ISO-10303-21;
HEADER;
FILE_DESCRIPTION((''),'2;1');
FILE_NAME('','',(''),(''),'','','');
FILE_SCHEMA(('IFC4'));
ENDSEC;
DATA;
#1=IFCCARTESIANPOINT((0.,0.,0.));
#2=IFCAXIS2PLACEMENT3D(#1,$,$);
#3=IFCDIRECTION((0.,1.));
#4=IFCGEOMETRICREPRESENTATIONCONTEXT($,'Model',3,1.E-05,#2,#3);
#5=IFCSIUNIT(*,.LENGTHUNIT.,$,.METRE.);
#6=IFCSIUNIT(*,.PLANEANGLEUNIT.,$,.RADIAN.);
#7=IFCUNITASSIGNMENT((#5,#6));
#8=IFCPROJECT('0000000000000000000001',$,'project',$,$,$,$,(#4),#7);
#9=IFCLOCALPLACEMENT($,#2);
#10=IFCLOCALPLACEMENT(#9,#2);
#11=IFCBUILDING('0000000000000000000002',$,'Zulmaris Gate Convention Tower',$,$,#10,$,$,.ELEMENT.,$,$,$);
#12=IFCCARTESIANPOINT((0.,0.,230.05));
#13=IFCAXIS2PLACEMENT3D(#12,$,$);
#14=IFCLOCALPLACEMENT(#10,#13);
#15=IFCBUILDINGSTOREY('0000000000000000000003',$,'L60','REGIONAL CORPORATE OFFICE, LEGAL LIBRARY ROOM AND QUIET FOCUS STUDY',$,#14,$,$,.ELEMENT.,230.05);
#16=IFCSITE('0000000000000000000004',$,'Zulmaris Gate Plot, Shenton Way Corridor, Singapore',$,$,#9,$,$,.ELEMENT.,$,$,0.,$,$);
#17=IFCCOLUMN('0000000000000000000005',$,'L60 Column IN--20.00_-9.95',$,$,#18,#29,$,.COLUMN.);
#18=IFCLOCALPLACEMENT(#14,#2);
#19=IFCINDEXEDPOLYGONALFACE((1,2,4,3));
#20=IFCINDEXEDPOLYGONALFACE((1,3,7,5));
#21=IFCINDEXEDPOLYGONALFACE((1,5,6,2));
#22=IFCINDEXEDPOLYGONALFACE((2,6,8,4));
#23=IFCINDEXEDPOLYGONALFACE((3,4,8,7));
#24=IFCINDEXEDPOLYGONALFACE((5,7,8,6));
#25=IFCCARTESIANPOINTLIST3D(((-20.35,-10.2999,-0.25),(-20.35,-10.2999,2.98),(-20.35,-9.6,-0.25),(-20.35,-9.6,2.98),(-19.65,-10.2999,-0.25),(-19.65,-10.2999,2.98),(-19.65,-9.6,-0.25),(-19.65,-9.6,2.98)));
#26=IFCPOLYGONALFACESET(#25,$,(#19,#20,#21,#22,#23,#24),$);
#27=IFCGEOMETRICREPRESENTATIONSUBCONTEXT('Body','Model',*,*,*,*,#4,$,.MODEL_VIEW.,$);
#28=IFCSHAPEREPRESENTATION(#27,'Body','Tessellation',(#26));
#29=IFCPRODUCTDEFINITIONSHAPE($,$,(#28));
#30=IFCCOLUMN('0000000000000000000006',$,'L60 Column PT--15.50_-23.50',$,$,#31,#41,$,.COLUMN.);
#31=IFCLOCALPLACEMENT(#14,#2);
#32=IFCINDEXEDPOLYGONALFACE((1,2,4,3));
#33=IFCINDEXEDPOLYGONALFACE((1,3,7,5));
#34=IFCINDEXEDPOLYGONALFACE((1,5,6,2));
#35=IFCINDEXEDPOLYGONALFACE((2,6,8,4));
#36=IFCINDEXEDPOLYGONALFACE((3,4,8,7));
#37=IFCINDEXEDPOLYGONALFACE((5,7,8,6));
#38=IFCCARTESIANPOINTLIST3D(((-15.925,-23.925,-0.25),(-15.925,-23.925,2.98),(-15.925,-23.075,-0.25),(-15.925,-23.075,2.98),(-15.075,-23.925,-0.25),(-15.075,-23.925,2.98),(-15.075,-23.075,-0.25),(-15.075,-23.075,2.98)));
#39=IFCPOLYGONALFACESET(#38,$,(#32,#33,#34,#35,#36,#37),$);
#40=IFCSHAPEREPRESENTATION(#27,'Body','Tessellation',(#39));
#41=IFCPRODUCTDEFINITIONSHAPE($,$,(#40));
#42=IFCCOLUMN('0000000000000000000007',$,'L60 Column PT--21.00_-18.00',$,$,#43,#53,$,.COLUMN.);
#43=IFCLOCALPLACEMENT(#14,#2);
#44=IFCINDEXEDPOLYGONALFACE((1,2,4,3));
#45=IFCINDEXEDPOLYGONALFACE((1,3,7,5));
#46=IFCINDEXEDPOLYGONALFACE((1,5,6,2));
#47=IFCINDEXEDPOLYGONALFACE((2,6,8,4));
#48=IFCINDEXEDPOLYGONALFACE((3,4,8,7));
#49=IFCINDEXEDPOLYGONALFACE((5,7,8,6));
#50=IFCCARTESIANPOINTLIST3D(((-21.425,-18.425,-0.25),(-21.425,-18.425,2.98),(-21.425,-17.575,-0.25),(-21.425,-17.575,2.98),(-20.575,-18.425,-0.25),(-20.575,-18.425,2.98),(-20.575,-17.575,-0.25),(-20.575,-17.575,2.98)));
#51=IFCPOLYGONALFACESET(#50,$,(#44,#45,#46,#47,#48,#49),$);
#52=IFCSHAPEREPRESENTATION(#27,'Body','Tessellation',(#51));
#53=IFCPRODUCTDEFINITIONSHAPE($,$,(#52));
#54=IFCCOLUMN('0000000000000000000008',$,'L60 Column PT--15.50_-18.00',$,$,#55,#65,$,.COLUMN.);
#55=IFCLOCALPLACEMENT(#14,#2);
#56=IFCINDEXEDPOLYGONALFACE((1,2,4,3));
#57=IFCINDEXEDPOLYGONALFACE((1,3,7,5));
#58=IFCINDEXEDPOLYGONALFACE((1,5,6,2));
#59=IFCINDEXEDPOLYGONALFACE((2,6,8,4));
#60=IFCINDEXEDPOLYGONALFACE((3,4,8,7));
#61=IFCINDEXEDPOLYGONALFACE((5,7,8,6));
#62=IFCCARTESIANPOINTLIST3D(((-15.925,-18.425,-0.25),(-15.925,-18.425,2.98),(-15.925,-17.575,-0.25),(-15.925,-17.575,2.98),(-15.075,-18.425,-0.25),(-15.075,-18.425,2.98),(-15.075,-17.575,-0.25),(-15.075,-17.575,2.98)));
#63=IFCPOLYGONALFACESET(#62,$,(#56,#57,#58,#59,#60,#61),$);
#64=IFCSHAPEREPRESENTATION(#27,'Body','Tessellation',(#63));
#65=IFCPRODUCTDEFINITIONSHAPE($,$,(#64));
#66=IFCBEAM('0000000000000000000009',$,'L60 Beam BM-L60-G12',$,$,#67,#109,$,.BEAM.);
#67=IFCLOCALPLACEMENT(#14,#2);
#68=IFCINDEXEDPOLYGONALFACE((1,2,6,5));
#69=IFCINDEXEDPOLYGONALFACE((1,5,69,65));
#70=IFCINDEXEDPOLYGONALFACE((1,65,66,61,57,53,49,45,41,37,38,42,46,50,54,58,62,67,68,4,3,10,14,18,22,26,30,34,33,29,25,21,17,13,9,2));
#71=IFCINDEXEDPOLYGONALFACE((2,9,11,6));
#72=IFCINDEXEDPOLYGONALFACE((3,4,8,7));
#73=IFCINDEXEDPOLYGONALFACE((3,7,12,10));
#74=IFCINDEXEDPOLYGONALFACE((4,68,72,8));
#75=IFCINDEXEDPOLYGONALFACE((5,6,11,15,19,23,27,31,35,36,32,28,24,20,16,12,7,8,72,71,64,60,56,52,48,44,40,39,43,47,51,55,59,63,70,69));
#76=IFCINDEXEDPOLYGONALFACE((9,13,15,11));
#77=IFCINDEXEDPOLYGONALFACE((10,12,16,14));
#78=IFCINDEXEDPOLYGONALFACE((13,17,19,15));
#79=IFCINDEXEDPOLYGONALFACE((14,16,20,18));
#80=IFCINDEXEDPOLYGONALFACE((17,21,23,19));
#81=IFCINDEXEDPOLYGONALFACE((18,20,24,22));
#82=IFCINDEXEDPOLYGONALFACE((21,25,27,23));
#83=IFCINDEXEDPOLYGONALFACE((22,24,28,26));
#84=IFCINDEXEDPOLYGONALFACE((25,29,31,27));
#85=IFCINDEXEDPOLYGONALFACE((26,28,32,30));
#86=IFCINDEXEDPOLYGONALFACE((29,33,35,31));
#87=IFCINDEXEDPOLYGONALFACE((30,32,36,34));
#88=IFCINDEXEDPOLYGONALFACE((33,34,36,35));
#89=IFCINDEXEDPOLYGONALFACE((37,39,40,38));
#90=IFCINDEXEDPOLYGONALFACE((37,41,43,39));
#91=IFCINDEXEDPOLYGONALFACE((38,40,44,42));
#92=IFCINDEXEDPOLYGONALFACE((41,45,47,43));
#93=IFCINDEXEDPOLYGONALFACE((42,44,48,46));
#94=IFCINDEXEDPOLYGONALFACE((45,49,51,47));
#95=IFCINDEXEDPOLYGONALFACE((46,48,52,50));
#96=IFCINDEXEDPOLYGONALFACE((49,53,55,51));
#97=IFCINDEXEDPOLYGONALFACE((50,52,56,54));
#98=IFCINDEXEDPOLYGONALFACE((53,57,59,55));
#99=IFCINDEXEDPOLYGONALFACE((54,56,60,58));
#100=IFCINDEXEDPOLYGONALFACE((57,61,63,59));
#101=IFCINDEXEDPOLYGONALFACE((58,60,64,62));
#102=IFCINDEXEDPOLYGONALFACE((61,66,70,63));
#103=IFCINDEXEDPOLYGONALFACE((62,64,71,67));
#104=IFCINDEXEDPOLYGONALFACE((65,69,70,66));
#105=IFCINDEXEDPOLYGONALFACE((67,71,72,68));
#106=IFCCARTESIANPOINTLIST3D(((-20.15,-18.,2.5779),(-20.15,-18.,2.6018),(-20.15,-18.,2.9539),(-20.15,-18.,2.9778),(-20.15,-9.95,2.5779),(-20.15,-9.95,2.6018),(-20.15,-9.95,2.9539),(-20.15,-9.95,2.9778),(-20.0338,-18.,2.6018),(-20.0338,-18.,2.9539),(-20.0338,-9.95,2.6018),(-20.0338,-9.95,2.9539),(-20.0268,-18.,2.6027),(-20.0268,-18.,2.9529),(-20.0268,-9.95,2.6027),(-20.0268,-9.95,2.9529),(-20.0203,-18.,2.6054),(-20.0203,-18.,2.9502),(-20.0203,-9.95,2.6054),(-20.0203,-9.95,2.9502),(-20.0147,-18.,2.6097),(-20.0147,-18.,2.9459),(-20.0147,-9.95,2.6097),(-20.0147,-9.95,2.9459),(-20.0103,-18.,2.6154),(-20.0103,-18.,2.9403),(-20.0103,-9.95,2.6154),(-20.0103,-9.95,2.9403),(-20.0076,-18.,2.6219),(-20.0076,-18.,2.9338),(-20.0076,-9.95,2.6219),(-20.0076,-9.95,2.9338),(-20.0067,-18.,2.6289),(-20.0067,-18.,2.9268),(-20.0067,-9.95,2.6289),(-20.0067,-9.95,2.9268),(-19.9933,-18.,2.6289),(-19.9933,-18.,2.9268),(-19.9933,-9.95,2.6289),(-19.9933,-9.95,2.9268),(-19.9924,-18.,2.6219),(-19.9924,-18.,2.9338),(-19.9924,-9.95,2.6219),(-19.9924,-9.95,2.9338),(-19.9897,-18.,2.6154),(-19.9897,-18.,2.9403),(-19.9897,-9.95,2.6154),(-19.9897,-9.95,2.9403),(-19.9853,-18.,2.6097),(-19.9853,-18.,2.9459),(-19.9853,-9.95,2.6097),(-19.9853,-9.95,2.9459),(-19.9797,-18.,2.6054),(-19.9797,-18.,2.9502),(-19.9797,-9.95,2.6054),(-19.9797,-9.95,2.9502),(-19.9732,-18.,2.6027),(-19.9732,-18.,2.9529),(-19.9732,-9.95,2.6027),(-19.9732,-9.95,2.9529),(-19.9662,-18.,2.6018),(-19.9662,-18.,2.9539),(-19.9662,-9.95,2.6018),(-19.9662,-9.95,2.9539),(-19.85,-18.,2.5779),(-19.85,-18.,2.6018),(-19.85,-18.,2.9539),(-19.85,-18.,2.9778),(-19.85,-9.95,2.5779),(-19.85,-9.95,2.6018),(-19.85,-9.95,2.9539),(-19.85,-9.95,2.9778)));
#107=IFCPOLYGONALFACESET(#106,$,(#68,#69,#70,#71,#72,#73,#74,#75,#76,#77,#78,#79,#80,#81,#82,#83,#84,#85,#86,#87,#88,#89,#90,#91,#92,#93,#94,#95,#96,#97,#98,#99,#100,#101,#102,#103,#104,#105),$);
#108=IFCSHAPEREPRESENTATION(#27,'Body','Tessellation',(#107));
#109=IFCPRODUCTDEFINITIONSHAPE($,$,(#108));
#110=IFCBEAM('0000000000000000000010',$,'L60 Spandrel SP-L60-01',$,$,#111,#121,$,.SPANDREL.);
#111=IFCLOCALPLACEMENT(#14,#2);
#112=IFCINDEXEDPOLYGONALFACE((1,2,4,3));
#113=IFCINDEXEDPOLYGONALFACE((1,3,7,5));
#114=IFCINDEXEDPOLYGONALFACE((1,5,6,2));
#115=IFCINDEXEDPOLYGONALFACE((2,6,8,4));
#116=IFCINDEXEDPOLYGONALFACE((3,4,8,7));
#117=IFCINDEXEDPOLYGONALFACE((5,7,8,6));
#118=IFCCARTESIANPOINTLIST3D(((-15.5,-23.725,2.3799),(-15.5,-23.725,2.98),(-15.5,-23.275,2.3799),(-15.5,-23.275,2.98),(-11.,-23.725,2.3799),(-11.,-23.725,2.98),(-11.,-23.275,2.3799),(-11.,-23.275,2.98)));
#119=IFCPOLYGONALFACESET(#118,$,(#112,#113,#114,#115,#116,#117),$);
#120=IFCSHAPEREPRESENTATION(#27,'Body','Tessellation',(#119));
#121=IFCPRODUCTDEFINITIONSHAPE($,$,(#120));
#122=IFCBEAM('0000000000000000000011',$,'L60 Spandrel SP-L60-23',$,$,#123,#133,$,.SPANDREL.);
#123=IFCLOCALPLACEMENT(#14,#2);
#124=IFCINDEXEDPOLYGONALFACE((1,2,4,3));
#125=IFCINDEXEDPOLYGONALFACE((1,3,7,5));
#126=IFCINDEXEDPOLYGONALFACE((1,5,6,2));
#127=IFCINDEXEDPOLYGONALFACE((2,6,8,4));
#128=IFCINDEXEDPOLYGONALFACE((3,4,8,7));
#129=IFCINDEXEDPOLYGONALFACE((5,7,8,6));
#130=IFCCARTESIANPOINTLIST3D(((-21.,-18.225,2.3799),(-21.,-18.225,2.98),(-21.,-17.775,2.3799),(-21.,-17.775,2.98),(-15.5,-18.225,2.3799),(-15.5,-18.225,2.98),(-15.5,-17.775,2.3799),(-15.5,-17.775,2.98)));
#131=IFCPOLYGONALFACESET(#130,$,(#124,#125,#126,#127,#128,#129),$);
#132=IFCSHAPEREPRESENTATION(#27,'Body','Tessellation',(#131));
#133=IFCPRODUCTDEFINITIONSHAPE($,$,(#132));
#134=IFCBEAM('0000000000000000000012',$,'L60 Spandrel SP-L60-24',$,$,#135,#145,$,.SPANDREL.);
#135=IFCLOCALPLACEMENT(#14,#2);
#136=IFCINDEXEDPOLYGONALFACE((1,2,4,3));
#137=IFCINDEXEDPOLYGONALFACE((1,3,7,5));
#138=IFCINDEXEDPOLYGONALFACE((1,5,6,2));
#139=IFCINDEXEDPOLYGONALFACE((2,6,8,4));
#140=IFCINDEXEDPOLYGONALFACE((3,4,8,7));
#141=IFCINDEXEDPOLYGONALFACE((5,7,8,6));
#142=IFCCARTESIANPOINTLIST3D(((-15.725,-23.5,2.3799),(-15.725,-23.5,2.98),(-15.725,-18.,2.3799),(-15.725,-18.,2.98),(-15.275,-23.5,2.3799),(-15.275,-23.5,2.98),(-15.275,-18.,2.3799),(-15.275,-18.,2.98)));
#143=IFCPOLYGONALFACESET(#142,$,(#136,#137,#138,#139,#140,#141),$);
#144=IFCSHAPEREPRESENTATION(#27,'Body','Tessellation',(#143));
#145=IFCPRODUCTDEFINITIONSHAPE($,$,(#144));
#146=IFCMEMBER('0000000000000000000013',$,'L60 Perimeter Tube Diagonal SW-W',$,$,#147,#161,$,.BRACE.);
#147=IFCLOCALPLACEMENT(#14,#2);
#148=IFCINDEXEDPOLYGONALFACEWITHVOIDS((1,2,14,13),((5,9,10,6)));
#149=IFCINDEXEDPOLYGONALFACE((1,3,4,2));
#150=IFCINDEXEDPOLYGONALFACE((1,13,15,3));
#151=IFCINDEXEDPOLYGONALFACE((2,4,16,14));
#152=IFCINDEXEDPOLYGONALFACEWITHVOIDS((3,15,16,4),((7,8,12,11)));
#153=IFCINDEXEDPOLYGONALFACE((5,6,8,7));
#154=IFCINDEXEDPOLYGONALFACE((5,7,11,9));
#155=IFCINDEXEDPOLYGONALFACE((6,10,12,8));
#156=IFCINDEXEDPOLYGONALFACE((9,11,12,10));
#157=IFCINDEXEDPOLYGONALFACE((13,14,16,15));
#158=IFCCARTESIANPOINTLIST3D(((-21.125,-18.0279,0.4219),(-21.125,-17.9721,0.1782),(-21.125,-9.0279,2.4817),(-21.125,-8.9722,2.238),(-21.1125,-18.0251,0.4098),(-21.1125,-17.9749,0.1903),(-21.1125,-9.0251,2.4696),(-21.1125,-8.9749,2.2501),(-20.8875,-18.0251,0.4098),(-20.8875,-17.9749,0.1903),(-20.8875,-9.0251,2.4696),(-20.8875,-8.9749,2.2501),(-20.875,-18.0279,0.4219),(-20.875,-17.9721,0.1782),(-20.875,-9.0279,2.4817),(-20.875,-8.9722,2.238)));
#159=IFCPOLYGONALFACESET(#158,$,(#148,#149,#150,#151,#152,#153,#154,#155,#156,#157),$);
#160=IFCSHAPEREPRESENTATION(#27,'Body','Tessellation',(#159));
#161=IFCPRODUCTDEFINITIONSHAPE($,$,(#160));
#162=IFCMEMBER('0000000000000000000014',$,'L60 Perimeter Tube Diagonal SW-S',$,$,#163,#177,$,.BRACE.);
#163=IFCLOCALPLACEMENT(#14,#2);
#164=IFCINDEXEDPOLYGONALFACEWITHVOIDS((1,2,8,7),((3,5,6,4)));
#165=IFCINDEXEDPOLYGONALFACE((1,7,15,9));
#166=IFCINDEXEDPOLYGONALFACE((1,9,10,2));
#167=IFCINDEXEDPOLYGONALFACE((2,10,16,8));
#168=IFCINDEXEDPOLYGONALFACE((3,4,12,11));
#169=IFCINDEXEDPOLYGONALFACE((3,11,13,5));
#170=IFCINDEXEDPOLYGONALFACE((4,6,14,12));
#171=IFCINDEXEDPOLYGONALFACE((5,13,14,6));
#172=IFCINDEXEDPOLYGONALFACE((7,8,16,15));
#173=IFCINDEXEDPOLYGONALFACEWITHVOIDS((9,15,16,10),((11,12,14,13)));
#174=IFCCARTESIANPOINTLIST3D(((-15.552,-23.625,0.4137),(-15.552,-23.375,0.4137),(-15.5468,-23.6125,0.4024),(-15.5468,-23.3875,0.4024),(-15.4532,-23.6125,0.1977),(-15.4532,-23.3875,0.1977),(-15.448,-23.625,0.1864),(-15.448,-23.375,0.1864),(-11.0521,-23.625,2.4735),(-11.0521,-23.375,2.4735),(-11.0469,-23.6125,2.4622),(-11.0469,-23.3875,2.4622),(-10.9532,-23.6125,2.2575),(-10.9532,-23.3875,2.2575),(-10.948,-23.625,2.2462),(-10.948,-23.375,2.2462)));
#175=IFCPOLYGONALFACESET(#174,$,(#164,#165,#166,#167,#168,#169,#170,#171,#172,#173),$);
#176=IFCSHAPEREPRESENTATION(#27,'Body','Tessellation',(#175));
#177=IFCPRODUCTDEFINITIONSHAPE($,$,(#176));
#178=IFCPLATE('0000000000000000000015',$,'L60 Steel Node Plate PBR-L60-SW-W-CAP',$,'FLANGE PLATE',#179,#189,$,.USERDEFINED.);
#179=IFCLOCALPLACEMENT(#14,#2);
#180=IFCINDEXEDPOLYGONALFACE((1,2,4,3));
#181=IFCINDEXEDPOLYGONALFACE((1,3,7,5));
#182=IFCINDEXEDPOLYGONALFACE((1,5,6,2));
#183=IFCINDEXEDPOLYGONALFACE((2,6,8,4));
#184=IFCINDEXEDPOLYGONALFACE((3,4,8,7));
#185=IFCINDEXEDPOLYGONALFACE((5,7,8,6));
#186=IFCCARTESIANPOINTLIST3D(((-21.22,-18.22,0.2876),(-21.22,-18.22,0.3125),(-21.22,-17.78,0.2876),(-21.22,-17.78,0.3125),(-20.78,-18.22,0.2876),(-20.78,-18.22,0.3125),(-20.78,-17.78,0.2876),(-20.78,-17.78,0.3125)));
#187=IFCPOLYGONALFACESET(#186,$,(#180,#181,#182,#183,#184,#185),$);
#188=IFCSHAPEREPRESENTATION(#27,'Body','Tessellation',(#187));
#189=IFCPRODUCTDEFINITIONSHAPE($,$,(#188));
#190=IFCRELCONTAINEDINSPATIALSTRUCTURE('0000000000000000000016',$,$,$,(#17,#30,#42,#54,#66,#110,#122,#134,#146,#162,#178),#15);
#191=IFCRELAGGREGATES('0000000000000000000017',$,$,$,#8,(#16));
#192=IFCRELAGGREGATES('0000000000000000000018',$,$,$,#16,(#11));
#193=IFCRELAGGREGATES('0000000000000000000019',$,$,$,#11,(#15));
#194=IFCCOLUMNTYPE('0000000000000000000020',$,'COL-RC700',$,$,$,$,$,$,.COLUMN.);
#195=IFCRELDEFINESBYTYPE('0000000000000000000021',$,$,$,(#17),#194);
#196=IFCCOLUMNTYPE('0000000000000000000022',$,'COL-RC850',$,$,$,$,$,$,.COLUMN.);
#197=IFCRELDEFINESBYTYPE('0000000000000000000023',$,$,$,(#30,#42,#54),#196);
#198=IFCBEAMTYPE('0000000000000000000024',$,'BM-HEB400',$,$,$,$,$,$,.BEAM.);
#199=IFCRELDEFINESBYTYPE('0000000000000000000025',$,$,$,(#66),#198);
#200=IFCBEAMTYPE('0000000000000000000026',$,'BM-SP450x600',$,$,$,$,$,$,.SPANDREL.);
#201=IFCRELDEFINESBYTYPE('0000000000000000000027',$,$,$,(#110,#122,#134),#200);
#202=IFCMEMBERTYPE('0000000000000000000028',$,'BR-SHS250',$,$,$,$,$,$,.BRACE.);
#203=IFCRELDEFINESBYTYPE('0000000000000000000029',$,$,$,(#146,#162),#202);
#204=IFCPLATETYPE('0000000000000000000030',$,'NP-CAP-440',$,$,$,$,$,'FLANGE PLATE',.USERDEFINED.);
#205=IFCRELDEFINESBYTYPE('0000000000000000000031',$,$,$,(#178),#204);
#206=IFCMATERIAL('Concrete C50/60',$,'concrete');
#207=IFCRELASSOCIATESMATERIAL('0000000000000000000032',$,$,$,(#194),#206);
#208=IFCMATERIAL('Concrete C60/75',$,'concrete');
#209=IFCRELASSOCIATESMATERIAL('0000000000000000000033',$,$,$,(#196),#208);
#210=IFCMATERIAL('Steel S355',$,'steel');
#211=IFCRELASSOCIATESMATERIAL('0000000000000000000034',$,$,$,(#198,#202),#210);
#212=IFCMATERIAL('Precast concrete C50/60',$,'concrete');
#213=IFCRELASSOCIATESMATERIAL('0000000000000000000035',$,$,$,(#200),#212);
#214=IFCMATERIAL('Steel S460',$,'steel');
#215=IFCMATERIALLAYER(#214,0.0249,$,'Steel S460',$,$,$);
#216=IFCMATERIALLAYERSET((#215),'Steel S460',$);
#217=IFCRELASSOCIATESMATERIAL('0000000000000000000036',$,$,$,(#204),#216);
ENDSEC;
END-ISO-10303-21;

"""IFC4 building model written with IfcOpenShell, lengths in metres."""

from ifc_helpers import new_model, si_unit, direction, frame, origin, origin_2d, place, context, subcontext, project, spatial, rectangle, hollow_rectangle, i_section, extrude, material, layer, layer_set, material_profile, profile_set, type_object, element, save


model = new_model("IFC4")

# Units and contexts
model_context = context("Model", 3, precision=1e-05, world=origin(), true_north=direction((0.0, 1.0)))
body_context = subcontext(model_context, "Body", "Model", "MODEL_VIEW")
ifc_project = project(units=[si_unit("LENGTHUNIT", "METRE"), si_unit("PLANEANGLEUNIT", "RADIAN")], contexts=[model_context])

# Site, building, storey
site_placement = place(None, origin())
site = spatial("IfcSite", under=ifc_project, at=site_placement, Name="Zulmaris Gate Plot, Shenton Way Corridor, Singapore", CompositionType="ELEMENT", RefElevation=0.0)
building_placement = place(site_placement, origin())
building = spatial("IfcBuilding", under=site, at=building_placement, Name="Zulmaris Gate Convention Tower", CompositionType="ELEMENT")
storey_placement = place(building_placement, frame((0.0, 0.0, 230.05)))
storey = spatial("IfcBuildingStorey", under=building, at=storey_placement, Name="L60", Description="REGIONAL CORPORATE OFFICE, LEGAL LIBRARY ROOM AND QUIET FOCUS STUDY", CompositionType="ELEMENT", Elevation=230.05)

# Columns
ifc_material_1 = material(Name="Concrete C50/60", Category="concrete")
ifc_material_profile_1 = material_profile(ifc_material_1, rectangle(XDim=0.7, YDim=0.7, at=origin_2d()), Name="RC COL 700x700")
ifc_profile_set_1 = profile_set([ifc_material_profile_1], Name="Concrete C50/60")
column_type_1 = type_object("IfcColumnType", Name="COL-RC700", PredefinedType="COLUMN", material=ifc_profile_set_1)
column_placement = place(storey_placement, frame((-20.0, -9.95, -0.25), z_axis=(0.0, 0.0, 1.0), x_axis=(1.0, 0.0, 0.0)))
element("IfcColumn", 1, at=column_placement, inside=storey, type_object=column_type_1, Name="L60 Column IN--20.00_-9.95", PredefinedType="COLUMN", context=body_context, shape_type="SweptSolid", body=[
    extrude(rectangle(XDim=0.7, YDim=0.7, at=origin_2d()), origin(), (0.0, 0.0, 1.0), 3.23),
])
ifc_material_2 = material(Name="Concrete C60/75", Category="concrete")
ifc_material_profile_2 = material_profile(ifc_material_2, rectangle(XDim=0.8501, YDim=0.8501, at=origin_2d()), Name="RC COL 850x850")
ifc_profile_set_2 = profile_set([ifc_material_profile_2], Name="Concrete C60/75")
column_type_2 = type_object("IfcColumnType", Name="COL-RC850", PredefinedType="COLUMN", material=ifc_profile_set_2)
for number, where, z_axis, x_axis, name in (
    (2, (-15.5, -23.5, -0.25), (0.0, 0.0, 1.0), (1.0, 0.0, 0.0), "L60 Column PT--15.50_-23.50"),
    (3, (-21.0, -18.0, -0.25), (0.0, 0.0, 1.0), (1.0, 0.0, 0.0), "L60 Column PT--21.00_-18.00"),
    (4, (-15.5, -18.0, -0.25), (0.0, 0.0, 1.0), (1.0, 0.0, 0.0), "L60 Column PT--15.50_-18.00"),
):
    element("IfcColumn", number, at=place(storey_placement, frame(where, z_axis=z_axis, x_axis=x_axis)), inside=storey, type_object=column_type_2, Name=name, PredefinedType="COLUMN", context=body_context, shape_type="SweptSolid", body=[
        extrude(rectangle(XDim=0.8501, YDim=0.8501, at=origin_2d()), origin(), (0.0, 0.0, 1.0), 3.23),
    ])

# Beams
ifc_material_3 = material(Name="Steel S355", Category="steel")
ifc_material_profile_3 = material_profile(ifc_material_3, i_section(OverallWidth=0.3, OverallDepth=0.3999, WebThickness=0.0134, FlangeThickness=0.0239, FilletRadius=0.0271, at=origin_2d()), Name="HEB 400")
ifc_profile_set_3 = profile_set([ifc_material_profile_3], Name="Steel S355")
beam_type_1 = type_object("IfcBeamType", Name="BM-HEB400", PredefinedType="BEAM", material=ifc_profile_set_3)
beam_1_placement = place(storey_placement, frame((-20.0, -18.0, 2.7778), z_axis=(0.0, 1.0, 0.0), x_axis=(-1.0, 0.0, 0.0)))
element("IfcBeam", 5, at=beam_1_placement, inside=storey, type_object=beam_type_1, Name="L60 Beam BM-L60-G12", PredefinedType="BEAM", context=body_context, shape_type="SweptSolid", body=[
    extrude(i_section(OverallWidth=0.3, OverallDepth=0.3999, WebThickness=0.0134, FlangeThickness=0.0239, FilletRadius=0.0271, at=origin_2d()), origin(), (0.0, 0.0, 1.0), 8.05),
])
ifc_material_4 = material(Name="Precast concrete C50/60", Category="concrete")
ifc_material_profile_4 = material_profile(ifc_material_4, rectangle(XDim=0.45, YDim=0.6001, at=origin_2d()), Name="RC SPANDREL 450x600")
ifc_profile_set_4 = profile_set([ifc_material_profile_4], Name="Precast concrete C50/60")
beam_type_2 = type_object("IfcBeamType", Name="BM-SP450x600", PredefinedType="SPANDREL", material=ifc_profile_set_4)
beam_2_placement = place(storey_placement, frame((-15.5, -23.5, 2.6799), z_axis=(1.0, 0.0, 0.0), x_axis=(0.0, 1.0, 0.0)))
element("IfcBeam", 6, at=beam_2_placement, inside=storey, type_object=beam_type_2, Name="L60 Spandrel SP-L60-01", PredefinedType="SPANDREL", context=body_context, shape_type="SweptSolid", body=[
    extrude(rectangle(XDim=0.45, YDim=0.6001, at=origin_2d()), origin(), (0.0, 0.0, 1.0), 4.5),
])
for number, where, z_axis, x_axis, name in (
    (7, (-21.0, -18.0, 2.6799), (1.0, 0.0, 0.0), (0.0, 1.0, 0.0), "L60 Spandrel SP-L60-23"),
    (8, (-15.5, -18.0, 2.6799), (0.0, -1.0, 0.0), (1.0, 0.0, 0.0), "L60 Spandrel SP-L60-24"),
):
    element("IfcBeam", number, at=place(storey_placement, frame(where, z_axis=z_axis, x_axis=x_axis)), inside=storey, type_object=beam_type_2, Name=name, PredefinedType="SPANDREL", context=body_context, shape_type="SweptSolid", body=[
        extrude(rectangle(XDim=0.45, YDim=0.6001, at=origin_2d()), origin(), (0.0, 0.0, 1.0), 5.5),
    ])

# Members
ifc_material_profile_5 = material_profile(ifc_material_3, hollow_rectangle(XDim=0.25, YDim=0.25, WallThickness=0.0125, at=origin_2d()), Name="SHS 250x250x12.5")
ifc_profile_set_5 = profile_set([ifc_material_profile_5], Name="Steel S355")
member_type = type_object("IfcMemberType", Name="BR-SHS250", PredefinedType="BRACE", material=ifc_profile_set_5)
member_1_placement = place(storey_placement, frame((-21.0, -18.0, 0.3), z_axis=(0.0, 0.974796, 0.2231), x_axis=(-1.0, 0.0, 0.0)))
element("IfcMember", 9, at=member_1_placement, inside=storey, type_object=member_type, Name="L60 Perimeter Tube Diagonal SW-W", PredefinedType="BRACE", context=body_context, shape_type="SweptSolid", body=[
    extrude(hollow_rectangle(XDim=0.25, YDim=0.25, WallThickness=0.0125, at=origin_2d()), origin(), (0.0, 0.0, 1.0), 9.2327),
])
member_2_placement = place(storey_placement, frame((-15.5, -23.5, 0.3), z_axis=(0.90927, 0.0, 0.416206), x_axis=(0.0, 1.0, 0.0)))
element("IfcMember", 10, at=member_2_placement, inside=storey, type_object=member_type, Name="L60 Perimeter Tube Diagonal SW-S", PredefinedType="BRACE", context=body_context, shape_type="SweptSolid", body=[
    extrude(hollow_rectangle(XDim=0.25, YDim=0.25, WallThickness=0.0125, at=origin_2d()), origin(), (0.0, 0.0, 1.0), 4.949),
])

# Plate
ifc_material_5 = material(Name="Steel S460", Category="steel")
ifc_layer_1 = layer(ifc_material_5, 0.0249, Name="Steel S460")
ifc_layer_set_1 = layer_set([ifc_layer_1], Name="Steel S460")
plate_type = type_object("IfcPlateType", Name="NP-CAP-440", ElementType="FLANGE PLATE", PredefinedType="USERDEFINED", material=ifc_layer_set_1)
for number, where, z_axis, x_axis, name in (
    (11, (-21.0, -18.0, 0.2876), (0.0, 0.0, 1.0), (1.0, 0.0, 0.0), "L60 Steel Node Plate PBR-L60-SW-W-CAP"),
):
    element("IfcPlate", number, at=place(storey_placement, frame(where, z_axis=z_axis, x_axis=x_axis)), inside=storey, type_object=plate_type, Name=name, ObjectType="FLANGE PLATE", PredefinedType="USERDEFINED", context=body_context, shape_type="SweptSolid", body=[
        extrude(rectangle(XDim=0.4399, YDim=0.4399, at=origin_2d()), origin(), (0.0, 0.0, 1.0), 0.0249),
    ])

save(model, "model.ifc")
